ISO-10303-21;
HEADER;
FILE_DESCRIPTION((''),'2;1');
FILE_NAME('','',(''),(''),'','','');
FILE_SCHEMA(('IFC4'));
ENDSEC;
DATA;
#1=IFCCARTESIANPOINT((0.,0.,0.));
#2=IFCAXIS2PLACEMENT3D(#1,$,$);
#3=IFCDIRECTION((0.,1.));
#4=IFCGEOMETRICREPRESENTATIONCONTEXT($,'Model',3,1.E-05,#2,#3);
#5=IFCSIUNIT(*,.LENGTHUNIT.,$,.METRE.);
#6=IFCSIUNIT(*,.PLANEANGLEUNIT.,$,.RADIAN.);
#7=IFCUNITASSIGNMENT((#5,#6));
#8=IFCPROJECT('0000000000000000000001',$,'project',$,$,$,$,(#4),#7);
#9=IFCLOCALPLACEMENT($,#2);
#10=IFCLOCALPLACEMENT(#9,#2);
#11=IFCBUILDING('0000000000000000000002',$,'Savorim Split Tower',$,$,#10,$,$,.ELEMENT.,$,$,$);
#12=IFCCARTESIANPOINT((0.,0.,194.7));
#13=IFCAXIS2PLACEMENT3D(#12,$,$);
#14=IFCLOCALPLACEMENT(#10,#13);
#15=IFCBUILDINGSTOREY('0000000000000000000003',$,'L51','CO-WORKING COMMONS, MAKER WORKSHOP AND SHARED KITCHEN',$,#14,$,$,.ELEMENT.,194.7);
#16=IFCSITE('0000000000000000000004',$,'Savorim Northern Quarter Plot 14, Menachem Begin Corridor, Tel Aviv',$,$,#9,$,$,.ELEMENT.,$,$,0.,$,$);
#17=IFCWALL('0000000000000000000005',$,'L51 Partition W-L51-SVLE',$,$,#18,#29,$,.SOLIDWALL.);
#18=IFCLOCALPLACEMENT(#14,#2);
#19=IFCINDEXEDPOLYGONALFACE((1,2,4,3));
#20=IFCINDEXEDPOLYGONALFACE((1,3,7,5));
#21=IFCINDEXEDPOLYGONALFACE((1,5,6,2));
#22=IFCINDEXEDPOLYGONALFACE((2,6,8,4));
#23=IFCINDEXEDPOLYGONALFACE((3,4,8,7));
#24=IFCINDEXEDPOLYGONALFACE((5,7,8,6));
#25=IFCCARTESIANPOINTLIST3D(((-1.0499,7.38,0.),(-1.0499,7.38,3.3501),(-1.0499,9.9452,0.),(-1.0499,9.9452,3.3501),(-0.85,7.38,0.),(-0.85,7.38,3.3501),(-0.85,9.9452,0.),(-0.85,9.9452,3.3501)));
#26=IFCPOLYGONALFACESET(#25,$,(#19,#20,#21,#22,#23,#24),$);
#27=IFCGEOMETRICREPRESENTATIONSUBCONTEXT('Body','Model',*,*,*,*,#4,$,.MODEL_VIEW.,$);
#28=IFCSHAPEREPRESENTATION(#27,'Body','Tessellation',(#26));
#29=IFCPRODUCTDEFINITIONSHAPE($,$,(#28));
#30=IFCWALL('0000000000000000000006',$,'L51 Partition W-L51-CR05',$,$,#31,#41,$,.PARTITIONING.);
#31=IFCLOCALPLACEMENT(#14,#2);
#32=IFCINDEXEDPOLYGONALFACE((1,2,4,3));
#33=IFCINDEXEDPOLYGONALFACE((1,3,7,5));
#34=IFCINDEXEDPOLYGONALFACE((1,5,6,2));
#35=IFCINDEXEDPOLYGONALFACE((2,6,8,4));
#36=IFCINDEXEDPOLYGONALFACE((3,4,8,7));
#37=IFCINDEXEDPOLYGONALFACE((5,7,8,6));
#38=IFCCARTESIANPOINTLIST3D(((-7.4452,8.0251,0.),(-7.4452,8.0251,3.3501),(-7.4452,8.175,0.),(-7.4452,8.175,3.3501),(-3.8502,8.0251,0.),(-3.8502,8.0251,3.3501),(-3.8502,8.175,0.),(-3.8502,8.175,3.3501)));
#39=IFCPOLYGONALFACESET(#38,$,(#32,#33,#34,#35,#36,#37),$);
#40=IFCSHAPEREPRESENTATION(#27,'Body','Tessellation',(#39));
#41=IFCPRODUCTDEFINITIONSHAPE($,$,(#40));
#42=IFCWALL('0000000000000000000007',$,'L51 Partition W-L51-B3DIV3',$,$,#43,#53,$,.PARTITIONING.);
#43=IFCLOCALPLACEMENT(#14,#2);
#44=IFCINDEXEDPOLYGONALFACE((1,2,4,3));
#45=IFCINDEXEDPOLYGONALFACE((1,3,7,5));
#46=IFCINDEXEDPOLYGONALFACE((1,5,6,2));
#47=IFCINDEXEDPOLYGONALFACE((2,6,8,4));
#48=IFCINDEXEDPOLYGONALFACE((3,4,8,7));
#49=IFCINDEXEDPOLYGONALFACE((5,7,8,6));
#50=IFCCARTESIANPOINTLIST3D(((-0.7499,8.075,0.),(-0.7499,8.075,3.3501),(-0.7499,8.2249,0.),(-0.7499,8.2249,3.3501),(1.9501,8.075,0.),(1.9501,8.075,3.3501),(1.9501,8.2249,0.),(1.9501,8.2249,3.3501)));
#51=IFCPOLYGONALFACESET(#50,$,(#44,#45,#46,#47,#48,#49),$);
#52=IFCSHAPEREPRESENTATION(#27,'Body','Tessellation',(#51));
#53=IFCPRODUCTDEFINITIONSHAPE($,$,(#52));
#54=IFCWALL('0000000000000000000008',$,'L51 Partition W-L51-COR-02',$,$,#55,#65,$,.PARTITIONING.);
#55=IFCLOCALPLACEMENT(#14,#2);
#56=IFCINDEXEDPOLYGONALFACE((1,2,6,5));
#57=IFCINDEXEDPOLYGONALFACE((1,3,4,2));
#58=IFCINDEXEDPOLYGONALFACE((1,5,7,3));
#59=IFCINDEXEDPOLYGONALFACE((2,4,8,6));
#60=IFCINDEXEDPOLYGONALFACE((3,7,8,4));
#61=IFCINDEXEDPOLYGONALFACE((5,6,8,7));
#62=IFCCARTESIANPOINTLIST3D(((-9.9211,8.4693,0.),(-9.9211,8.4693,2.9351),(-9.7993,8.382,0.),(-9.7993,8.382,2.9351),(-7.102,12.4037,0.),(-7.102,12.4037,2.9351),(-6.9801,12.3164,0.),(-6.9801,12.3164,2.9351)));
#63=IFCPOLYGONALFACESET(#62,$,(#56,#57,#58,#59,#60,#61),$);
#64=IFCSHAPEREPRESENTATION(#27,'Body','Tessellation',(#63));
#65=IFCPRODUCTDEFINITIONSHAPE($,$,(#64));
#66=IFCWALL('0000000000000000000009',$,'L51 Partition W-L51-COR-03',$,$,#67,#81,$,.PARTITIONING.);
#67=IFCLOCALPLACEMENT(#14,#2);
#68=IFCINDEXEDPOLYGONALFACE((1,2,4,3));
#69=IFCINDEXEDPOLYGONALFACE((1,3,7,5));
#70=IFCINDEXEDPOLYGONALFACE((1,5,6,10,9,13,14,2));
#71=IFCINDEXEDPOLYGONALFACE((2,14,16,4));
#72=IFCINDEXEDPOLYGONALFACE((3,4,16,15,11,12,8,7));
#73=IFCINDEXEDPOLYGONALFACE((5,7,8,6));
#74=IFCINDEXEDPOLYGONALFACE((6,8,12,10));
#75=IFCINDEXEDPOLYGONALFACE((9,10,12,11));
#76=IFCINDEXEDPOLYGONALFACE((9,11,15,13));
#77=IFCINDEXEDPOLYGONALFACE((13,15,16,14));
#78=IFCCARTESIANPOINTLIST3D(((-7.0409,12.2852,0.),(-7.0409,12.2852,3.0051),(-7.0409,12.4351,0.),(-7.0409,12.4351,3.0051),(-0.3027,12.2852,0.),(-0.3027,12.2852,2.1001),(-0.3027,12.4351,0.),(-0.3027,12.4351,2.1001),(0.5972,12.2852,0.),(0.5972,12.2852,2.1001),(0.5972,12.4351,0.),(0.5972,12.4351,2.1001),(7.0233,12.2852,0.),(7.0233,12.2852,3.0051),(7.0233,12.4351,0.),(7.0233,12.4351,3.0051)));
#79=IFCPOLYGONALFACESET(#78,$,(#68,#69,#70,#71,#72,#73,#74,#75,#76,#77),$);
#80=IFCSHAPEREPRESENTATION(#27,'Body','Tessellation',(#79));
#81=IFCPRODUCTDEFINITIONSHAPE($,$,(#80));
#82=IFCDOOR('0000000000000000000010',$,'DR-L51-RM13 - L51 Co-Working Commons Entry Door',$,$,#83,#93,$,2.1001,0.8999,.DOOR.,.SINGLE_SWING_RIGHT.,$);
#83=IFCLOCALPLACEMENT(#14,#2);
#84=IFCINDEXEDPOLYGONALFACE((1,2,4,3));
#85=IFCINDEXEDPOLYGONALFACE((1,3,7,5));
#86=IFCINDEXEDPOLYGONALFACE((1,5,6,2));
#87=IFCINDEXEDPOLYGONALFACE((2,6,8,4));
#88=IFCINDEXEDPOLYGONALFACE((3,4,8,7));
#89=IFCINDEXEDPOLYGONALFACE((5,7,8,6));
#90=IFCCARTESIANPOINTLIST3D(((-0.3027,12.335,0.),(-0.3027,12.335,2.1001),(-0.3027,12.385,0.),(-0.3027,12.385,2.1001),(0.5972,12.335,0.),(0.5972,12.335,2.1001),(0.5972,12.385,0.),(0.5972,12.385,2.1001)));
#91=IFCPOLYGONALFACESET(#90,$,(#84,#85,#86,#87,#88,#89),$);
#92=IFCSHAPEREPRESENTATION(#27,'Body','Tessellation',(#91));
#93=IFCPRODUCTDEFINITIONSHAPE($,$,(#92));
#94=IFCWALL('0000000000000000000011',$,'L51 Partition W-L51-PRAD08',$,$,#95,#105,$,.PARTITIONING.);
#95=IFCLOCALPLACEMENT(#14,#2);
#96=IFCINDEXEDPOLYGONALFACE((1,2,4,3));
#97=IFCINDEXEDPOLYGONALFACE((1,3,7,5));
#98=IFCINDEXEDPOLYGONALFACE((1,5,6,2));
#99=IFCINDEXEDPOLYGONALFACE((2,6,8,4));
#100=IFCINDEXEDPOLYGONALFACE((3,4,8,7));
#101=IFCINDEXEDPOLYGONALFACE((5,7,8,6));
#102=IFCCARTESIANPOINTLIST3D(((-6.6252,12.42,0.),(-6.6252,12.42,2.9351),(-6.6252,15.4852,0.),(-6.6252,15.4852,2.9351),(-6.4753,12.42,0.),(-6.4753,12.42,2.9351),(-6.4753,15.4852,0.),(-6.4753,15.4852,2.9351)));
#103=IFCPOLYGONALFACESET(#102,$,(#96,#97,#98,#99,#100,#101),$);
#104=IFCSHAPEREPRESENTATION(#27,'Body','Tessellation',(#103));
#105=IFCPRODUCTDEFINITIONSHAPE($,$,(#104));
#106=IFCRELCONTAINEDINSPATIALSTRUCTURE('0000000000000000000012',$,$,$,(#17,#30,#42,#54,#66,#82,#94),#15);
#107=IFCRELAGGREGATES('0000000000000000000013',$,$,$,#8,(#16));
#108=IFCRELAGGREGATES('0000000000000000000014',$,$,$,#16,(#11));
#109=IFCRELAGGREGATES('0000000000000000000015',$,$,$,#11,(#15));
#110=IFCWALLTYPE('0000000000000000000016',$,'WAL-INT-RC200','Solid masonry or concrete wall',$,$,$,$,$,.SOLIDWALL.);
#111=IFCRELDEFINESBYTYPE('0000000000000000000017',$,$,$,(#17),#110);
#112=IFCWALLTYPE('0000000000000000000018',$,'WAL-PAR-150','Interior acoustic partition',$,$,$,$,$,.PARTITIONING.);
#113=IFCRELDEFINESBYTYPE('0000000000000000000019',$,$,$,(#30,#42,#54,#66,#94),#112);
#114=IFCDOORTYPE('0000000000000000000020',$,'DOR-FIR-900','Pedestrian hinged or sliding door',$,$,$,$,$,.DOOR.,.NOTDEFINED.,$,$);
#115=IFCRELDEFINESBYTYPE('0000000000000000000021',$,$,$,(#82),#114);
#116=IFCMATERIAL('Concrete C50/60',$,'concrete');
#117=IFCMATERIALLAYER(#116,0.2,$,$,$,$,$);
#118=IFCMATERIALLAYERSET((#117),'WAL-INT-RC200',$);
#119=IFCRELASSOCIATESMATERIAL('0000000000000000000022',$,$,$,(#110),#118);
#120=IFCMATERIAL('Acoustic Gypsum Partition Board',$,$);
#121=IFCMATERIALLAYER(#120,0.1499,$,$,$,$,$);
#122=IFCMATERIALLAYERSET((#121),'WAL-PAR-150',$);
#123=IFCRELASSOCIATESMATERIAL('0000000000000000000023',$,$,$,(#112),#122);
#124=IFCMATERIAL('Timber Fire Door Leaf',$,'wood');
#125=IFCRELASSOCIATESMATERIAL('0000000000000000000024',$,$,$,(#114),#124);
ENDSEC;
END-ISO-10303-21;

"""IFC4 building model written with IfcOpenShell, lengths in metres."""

from ifc_helpers import new_model, si_unit, direction, frame, frame_2d, origin, place, context, subcontext, project, spatial, rectangle, extrude, material, layer, layer_set, type_object, element, fill, save


model = new_model("IFC4")

# Units and contexts
model_context = context("Model", 3, precision=1e-05, world=origin(), true_north=direction((0.0, 1.0)))
body_context = subcontext(model_context, "Body", "Model", "MODEL_VIEW")
ifc_project = project(units=[si_unit("LENGTHUNIT", "METRE"), si_unit("PLANEANGLEUNIT", "RADIAN")], contexts=[model_context])

# Site, building, storey
site_placement = place(None, origin())
site = spatial("IfcSite", under=ifc_project, at=site_placement, Name="Savorim Northern Quarter Plot 14, Menachem Begin Corridor, Tel Aviv", CompositionType="ELEMENT", RefElevation=0.0)
building_placement = place(site_placement, origin())
building = spatial("IfcBuilding", under=site, at=building_placement, Name="Savorim Split Tower", CompositionType="ELEMENT")
storey_placement = place(building_placement, frame((0.0, 0.0, 194.7)))
storey = spatial("IfcBuildingStorey", under=building, at=storey_placement, Name="L51", Description="CO-WORKING COMMONS, MAKER WORKSHOP AND SHARED KITCHEN", CompositionType="ELEMENT", Elevation=194.7)

# Shared definitions
ifc_material_1 = material(Name="Concrete C50/60", Category="concrete")
ifc_layer_1 = layer(ifc_material_1, 0.2)
ifc_layer_set_1 = layer_set([ifc_layer_1], Name="WAL-INT-RC200")
wall_type_1 = type_object("IfcWallType", Name="WAL-INT-RC200", Description="Solid masonry or concrete wall", PredefinedType="SOLIDWALL", material=ifc_layer_set_1)

# Walls
wall_1_placement = place(storey_placement, frame((-0.95, 7.3799, 0.0), z_axis=(0.0, 0.0, 1.0), x_axis=(0.0, 1.0, 0.0)))
element("IfcWall", 1, at=wall_1_placement, inside=storey, type_object=wall_type_1, Name="L51 Partition W-L51-SVLE", PredefinedType="SOLIDWALL", context=body_context, shape_type="SweptSolid", body=[
    extrude(rectangle(XDim=2.5652, YDim=0.2, at=frame_2d((1.2827, 0.0))), origin(), (0.0, 0.0, 1.0), 3.3501),
])
ifc_material_2 = material(Name="Acoustic Gypsum Partition Board")
ifc_layer_2 = layer(ifc_material_2, 0.1499)
ifc_layer_set_2 = layer_set([ifc_layer_2], Name="WAL-PAR-150")
wall_type_2 = type_object("IfcWallType", Name="WAL-PAR-150", Description="Interior acoustic partition", PredefinedType="PARTITIONING", material=ifc_layer_set_2)
wall_2_placement = place(storey_placement, frame((-7.4451, 8.1001, 0.0), z_axis=(0.0, 0.0, 1.0), x_axis=(1.0, 0.0, 0.0)))
element("IfcWall", 2, at=wall_2_placement, inside=storey, type_object=wall_type_2, Name="L51 Partition W-L51-CR05", PredefinedType="PARTITIONING", context=body_context, shape_type="SweptSolid", body=[
    extrude(rectangle(XDim=3.595, YDim=0.1499, at=frame_2d((1.7974, 0.0))), origin(), (0.0, 0.0, 1.0), 3.3501),
])
wall_3_placement = place(storey_placement, frame((-0.75, 8.1499, 0.0), z_axis=(0.0, 0.0, 1.0), x_axis=(1.0, 0.0, 0.0)))
element("IfcWall", 3, at=wall_3_placement, inside=storey, type_object=wall_type_2, Name="L51 Partition W-L51-B3DIV3", PredefinedType="PARTITIONING", context=body_context, shape_type="SweptSolid", body=[
    extrude(rectangle(XDim=2.7, YDim=0.1499, at=frame_2d((1.3501, 0.0))), origin(), (0.0, 0.0, 1.0), 3.3501),
])
wall_4_placement = place(storey_placement, frame((-9.8601, 8.4258, 0.0), z_axis=(0.0, 0.0, 1.0), x_axis=(0.58245, 0.812867, 0.0)))
element("IfcWall", 4, at=wall_4_placement, inside=storey, type_object=wall_type_2, Name="L51 Partition W-L51-COR-02", PredefinedType="PARTITIONING", context=body_context, shape_type="SweptSolid", body=[
    extrude(rectangle(XDim=4.8401, YDim=0.1499, at=frame_2d((2.4199, 0.0))), origin(), (0.0, 0.0, 1.0), 2.9351),
])

# Wall, opening, door
wall_5_placement = place(storey_placement, frame((-7.041, 12.3601, 0.0), z_axis=(0.0, 0.0, 1.0), x_axis=(1.0, 0.0, 0.0)))
wall_5 = element("IfcWall", 5, at=wall_5_placement, inside=storey, type_object=wall_type_2, Name="L51 Partition W-L51-COR-03", PredefinedType="PARTITIONING", context=body_context, shape_type="SweptSolid", body=[
    extrude(rectangle(XDim=14.0642, YDim=0.1499, at=frame_2d((7.0322, 0.0))), origin(), (0.0, 0.0, 1.0), 3.0051),
])
opening_1_placement = place(wall_5_placement, frame((6.7383, 0.0, 0.0)))
opening_1 = element("IfcOpeningElement", 6, at=opening_1_placement, cuts=wall_5, PredefinedType="OPENING", context=body_context, shape_type="SweptSolid", body=[
    extrude(rectangle(XDim=0.8999, YDim=2.1001, at=frame_2d((0.45, 1.05))), frame((0.0, 0.085, 0.0), z_axis=(0.0, -1.0, 0.0), x_axis=(1.0, 0.0, 0.0)), (0.0, 0.0, 1.0), 0.1699),
])
ifc_material_3 = material(Name="Timber Fire Door Leaf", Category="wood")
door_type_1 = type_object("IfcDoorType", Name="DOR-FIR-900", Description="Pedestrian hinged or sliding door", OperationType="NOTDEFINED", PredefinedType="DOOR", material=ifc_material_3)
door_1_placement = place(opening_1_placement, origin())
door_1 = element("IfcDoor", 7, at=door_1_placement, inside=storey, type_object=door_type_1, Name="DR-L51-RM13 - L51 Co-Working Commons Entry Door", OperationType="SINGLE_SWING_RIGHT", OverallHeight=2.1001, OverallWidth=0.8999, PredefinedType="DOOR", context=body_context, shape_type="SweptSolid", body=[
    extrude(rectangle(XDim=0.8999, YDim=2.1001, at=frame_2d((0.45, 1.05))), frame((0.0, 0.0249, 0.0), z_axis=(0.0, -1.0, 0.0), x_axis=(1.0, 0.0, 0.0)), (0.0, 0.0, 1.0), 0.05),
])
fill(opening_1, door_1)

# Wall
wall_6_placement = place(storey_placement, frame((-6.5503, 12.4199, 0.0), z_axis=(0.0, 0.0, 1.0), x_axis=(0.0, 1.0, 0.0)))
element("IfcWall", 8, at=wall_6_placement, inside=storey, type_object=wall_type_2, Name="L51 Partition W-L51-PRAD08", PredefinedType="PARTITIONING", context=body_context, shape_type="SweptSolid", body=[
    extrude(rectangle(XDim=3.0652, YDim=0.1499, at=frame_2d((1.5327, 0.0))), origin(), (0.0, 0.0, 1.0), 2.9351),
])

save(model, "model.ifc")
